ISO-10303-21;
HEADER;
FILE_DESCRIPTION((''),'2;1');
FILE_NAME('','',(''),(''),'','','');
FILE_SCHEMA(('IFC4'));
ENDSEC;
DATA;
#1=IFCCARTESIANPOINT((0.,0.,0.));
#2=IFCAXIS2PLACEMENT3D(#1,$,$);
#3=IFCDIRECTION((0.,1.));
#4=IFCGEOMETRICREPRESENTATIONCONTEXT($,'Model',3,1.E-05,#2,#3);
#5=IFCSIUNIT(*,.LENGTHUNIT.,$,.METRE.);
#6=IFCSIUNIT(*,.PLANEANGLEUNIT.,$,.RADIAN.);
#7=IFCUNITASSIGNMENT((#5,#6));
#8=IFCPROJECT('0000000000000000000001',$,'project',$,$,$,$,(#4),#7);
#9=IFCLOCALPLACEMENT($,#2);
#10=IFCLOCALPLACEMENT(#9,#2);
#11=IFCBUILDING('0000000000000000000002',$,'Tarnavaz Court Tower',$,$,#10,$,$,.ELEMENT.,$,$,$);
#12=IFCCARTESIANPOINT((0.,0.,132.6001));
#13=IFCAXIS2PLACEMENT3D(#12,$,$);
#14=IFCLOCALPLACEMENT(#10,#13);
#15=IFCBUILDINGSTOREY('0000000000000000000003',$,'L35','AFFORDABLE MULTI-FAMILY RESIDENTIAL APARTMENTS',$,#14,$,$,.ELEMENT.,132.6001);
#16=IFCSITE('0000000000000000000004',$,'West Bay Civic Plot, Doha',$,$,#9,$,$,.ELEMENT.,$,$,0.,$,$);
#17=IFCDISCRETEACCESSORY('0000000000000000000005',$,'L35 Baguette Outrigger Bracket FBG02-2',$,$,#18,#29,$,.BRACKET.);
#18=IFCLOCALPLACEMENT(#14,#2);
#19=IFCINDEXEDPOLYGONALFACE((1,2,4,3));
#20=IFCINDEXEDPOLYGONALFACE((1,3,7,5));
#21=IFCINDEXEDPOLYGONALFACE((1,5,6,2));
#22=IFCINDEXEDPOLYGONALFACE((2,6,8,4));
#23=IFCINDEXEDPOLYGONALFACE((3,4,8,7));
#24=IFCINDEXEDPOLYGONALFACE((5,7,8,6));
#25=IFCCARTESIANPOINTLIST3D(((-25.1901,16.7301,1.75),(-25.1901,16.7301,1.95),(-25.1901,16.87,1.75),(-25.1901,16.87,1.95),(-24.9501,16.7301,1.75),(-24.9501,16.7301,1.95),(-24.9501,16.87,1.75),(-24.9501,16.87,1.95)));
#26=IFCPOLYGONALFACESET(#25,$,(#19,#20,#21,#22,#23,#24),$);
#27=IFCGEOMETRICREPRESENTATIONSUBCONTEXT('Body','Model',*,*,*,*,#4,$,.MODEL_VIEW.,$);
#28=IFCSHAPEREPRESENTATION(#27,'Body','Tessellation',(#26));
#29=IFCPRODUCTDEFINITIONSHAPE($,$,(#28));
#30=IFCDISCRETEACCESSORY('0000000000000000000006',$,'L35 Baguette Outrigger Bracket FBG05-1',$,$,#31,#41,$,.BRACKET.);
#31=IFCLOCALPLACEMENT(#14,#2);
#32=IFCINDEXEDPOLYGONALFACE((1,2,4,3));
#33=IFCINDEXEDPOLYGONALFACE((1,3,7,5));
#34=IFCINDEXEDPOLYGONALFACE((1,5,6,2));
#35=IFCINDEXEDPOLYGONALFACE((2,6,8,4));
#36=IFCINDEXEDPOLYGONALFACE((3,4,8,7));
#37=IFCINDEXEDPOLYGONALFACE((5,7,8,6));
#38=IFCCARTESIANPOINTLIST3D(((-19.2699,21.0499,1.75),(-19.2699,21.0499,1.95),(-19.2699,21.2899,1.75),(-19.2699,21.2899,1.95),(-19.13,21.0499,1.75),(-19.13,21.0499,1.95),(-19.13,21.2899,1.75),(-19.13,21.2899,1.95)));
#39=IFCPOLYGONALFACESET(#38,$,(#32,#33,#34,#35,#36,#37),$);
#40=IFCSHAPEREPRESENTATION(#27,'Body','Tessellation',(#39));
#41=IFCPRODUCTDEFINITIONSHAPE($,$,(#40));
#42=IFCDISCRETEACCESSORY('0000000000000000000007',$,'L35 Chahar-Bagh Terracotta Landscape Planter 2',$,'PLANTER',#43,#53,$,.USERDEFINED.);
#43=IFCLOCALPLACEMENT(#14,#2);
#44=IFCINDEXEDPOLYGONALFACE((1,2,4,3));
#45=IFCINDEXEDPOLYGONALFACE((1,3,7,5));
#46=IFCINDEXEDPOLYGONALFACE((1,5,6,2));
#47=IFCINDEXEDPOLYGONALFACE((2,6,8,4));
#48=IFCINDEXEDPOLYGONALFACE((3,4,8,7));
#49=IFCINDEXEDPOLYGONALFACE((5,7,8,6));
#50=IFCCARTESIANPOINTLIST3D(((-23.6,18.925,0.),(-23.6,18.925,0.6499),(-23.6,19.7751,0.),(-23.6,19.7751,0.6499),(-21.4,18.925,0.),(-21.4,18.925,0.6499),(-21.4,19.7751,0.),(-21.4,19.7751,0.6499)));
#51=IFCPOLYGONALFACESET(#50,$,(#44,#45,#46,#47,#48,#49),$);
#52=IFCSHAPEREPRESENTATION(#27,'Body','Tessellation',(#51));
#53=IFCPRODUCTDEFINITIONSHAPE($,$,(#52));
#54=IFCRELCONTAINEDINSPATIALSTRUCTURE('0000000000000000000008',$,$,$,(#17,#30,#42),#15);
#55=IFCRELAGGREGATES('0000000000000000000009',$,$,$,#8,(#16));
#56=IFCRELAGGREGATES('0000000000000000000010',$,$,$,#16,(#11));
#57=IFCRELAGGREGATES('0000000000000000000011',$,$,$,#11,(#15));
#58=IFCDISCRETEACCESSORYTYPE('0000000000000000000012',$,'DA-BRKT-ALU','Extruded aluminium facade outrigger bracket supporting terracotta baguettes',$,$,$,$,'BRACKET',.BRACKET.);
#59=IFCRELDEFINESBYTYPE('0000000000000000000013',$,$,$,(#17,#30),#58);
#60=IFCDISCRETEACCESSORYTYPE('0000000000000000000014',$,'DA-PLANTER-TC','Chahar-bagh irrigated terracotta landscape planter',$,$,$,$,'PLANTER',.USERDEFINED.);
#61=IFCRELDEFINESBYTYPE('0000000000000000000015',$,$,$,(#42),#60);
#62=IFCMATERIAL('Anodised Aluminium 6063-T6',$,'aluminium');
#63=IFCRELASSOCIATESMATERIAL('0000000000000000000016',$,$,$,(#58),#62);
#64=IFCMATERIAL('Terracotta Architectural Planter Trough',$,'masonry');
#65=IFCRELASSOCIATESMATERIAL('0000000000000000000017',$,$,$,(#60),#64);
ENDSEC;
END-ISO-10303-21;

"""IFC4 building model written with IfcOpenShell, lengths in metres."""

from ifc_helpers import new_model, si_unit, direction, frame, origin, origin_2d, place, context, subcontext, project, spatial, rectangle, extrude, material, type_object, element, save


model = new_model("IFC4")

# Units and contexts
model_context = context("Model", 3, precision=1e-05, world=origin(), true_north=direction((0.0, 1.0)))
body_context = subcontext(model_context, "Body", "Model", "MODEL_VIEW")
ifc_project = project(units=[si_unit("LENGTHUNIT", "METRE"), si_unit("PLANEANGLEUNIT", "RADIAN")], contexts=[model_context])

# Site, building, storey
site_placement = place(None, origin())
site = spatial("IfcSite", under=ifc_project, at=site_placement, Name="West Bay Civic Plot, Doha", CompositionType="ELEMENT", RefElevation=0.0)
building_placement = place(site_placement, origin())
building = spatial("IfcBuilding", under=site, at=building_placement, Name="Tarnavaz Court Tower", CompositionType="ELEMENT")
storey_placement = place(building_placement, frame((0.0, 0.0, 132.6001)))
storey = spatial("IfcBuildingStorey", under=building, at=storey_placement, Name="L35", Description="AFFORDABLE MULTI-FAMILY RESIDENTIAL APARTMENTS", CompositionType="ELEMENT", Elevation=132.6001)

# Discrete accessories
ifc_material_1 = material(Name="Anodised Aluminium 6063-T6", Category="aluminium")
discrete_accessory_type_1 = type_object("IfcDiscreteAccessoryType", Name="DA-BRKT-ALU", Description="Extruded aluminium facade outrigger bracket supporting terracotta baguettes", ElementType="BRACKET", PredefinedType="BRACKET", material=ifc_material_1)
for number, where, z_axis, x_axis, name in (
    (1, (-25.0701, 16.8, 1.75), (0.0, 0.0, 1.0), (0.0, 1.0, 0.0), "L35 Baguette Outrigger Bracket FBG02-2"),
    (2, (-19.2, 21.1699, 1.75), (0.0, 0.0, 1.0), (1.0, 0.0, 0.0), "L35 Baguette Outrigger Bracket FBG05-1"),
):
    element("IfcDiscreteAccessory", number, at=place(storey_placement, frame(where, z_axis=z_axis, x_axis=x_axis)), inside=storey, type_object=discrete_accessory_type_1, Name=name, PredefinedType="BRACKET", context=body_context, shape_type="SweptSolid", body=[
        extrude(rectangle(XDim=0.1399, YDim=0.24, at=origin_2d()), origin(), (0.0, 0.0, 1.0), 0.2),
    ])
ifc_material_2 = material(Name="Terracotta Architectural Planter Trough", Category="masonry")
discrete_accessory_type_2 = type_object("IfcDiscreteAccessoryType", Name="DA-PLANTER-TC", Description="Chahar-bagh irrigated terracotta landscape planter", ElementType="PLANTER", PredefinedType="USERDEFINED", material=ifc_material_2)
discrete_accessory_placement = place(storey_placement, frame((-22.5, 19.3501, 0.0), z_axis=(0.0, 0.0, 1.0), x_axis=(1.0, 0.0, 0.0)))
element("IfcDiscreteAccessory", 3, at=discrete_accessory_placement, inside=storey, type_object=discrete_accessory_type_2, Name="L35 Chahar-Bagh Terracotta Landscape Planter 2", ObjectType="PLANTER", PredefinedType="USERDEFINED", context=body_context, shape_type="SweptSolid", body=[
    extrude(rectangle(XDim=2.2, YDim=0.8501, at=origin_2d()), origin(), (0.0, 0.0, 1.0), 0.6499),
])

save(model, "model.ifc")
